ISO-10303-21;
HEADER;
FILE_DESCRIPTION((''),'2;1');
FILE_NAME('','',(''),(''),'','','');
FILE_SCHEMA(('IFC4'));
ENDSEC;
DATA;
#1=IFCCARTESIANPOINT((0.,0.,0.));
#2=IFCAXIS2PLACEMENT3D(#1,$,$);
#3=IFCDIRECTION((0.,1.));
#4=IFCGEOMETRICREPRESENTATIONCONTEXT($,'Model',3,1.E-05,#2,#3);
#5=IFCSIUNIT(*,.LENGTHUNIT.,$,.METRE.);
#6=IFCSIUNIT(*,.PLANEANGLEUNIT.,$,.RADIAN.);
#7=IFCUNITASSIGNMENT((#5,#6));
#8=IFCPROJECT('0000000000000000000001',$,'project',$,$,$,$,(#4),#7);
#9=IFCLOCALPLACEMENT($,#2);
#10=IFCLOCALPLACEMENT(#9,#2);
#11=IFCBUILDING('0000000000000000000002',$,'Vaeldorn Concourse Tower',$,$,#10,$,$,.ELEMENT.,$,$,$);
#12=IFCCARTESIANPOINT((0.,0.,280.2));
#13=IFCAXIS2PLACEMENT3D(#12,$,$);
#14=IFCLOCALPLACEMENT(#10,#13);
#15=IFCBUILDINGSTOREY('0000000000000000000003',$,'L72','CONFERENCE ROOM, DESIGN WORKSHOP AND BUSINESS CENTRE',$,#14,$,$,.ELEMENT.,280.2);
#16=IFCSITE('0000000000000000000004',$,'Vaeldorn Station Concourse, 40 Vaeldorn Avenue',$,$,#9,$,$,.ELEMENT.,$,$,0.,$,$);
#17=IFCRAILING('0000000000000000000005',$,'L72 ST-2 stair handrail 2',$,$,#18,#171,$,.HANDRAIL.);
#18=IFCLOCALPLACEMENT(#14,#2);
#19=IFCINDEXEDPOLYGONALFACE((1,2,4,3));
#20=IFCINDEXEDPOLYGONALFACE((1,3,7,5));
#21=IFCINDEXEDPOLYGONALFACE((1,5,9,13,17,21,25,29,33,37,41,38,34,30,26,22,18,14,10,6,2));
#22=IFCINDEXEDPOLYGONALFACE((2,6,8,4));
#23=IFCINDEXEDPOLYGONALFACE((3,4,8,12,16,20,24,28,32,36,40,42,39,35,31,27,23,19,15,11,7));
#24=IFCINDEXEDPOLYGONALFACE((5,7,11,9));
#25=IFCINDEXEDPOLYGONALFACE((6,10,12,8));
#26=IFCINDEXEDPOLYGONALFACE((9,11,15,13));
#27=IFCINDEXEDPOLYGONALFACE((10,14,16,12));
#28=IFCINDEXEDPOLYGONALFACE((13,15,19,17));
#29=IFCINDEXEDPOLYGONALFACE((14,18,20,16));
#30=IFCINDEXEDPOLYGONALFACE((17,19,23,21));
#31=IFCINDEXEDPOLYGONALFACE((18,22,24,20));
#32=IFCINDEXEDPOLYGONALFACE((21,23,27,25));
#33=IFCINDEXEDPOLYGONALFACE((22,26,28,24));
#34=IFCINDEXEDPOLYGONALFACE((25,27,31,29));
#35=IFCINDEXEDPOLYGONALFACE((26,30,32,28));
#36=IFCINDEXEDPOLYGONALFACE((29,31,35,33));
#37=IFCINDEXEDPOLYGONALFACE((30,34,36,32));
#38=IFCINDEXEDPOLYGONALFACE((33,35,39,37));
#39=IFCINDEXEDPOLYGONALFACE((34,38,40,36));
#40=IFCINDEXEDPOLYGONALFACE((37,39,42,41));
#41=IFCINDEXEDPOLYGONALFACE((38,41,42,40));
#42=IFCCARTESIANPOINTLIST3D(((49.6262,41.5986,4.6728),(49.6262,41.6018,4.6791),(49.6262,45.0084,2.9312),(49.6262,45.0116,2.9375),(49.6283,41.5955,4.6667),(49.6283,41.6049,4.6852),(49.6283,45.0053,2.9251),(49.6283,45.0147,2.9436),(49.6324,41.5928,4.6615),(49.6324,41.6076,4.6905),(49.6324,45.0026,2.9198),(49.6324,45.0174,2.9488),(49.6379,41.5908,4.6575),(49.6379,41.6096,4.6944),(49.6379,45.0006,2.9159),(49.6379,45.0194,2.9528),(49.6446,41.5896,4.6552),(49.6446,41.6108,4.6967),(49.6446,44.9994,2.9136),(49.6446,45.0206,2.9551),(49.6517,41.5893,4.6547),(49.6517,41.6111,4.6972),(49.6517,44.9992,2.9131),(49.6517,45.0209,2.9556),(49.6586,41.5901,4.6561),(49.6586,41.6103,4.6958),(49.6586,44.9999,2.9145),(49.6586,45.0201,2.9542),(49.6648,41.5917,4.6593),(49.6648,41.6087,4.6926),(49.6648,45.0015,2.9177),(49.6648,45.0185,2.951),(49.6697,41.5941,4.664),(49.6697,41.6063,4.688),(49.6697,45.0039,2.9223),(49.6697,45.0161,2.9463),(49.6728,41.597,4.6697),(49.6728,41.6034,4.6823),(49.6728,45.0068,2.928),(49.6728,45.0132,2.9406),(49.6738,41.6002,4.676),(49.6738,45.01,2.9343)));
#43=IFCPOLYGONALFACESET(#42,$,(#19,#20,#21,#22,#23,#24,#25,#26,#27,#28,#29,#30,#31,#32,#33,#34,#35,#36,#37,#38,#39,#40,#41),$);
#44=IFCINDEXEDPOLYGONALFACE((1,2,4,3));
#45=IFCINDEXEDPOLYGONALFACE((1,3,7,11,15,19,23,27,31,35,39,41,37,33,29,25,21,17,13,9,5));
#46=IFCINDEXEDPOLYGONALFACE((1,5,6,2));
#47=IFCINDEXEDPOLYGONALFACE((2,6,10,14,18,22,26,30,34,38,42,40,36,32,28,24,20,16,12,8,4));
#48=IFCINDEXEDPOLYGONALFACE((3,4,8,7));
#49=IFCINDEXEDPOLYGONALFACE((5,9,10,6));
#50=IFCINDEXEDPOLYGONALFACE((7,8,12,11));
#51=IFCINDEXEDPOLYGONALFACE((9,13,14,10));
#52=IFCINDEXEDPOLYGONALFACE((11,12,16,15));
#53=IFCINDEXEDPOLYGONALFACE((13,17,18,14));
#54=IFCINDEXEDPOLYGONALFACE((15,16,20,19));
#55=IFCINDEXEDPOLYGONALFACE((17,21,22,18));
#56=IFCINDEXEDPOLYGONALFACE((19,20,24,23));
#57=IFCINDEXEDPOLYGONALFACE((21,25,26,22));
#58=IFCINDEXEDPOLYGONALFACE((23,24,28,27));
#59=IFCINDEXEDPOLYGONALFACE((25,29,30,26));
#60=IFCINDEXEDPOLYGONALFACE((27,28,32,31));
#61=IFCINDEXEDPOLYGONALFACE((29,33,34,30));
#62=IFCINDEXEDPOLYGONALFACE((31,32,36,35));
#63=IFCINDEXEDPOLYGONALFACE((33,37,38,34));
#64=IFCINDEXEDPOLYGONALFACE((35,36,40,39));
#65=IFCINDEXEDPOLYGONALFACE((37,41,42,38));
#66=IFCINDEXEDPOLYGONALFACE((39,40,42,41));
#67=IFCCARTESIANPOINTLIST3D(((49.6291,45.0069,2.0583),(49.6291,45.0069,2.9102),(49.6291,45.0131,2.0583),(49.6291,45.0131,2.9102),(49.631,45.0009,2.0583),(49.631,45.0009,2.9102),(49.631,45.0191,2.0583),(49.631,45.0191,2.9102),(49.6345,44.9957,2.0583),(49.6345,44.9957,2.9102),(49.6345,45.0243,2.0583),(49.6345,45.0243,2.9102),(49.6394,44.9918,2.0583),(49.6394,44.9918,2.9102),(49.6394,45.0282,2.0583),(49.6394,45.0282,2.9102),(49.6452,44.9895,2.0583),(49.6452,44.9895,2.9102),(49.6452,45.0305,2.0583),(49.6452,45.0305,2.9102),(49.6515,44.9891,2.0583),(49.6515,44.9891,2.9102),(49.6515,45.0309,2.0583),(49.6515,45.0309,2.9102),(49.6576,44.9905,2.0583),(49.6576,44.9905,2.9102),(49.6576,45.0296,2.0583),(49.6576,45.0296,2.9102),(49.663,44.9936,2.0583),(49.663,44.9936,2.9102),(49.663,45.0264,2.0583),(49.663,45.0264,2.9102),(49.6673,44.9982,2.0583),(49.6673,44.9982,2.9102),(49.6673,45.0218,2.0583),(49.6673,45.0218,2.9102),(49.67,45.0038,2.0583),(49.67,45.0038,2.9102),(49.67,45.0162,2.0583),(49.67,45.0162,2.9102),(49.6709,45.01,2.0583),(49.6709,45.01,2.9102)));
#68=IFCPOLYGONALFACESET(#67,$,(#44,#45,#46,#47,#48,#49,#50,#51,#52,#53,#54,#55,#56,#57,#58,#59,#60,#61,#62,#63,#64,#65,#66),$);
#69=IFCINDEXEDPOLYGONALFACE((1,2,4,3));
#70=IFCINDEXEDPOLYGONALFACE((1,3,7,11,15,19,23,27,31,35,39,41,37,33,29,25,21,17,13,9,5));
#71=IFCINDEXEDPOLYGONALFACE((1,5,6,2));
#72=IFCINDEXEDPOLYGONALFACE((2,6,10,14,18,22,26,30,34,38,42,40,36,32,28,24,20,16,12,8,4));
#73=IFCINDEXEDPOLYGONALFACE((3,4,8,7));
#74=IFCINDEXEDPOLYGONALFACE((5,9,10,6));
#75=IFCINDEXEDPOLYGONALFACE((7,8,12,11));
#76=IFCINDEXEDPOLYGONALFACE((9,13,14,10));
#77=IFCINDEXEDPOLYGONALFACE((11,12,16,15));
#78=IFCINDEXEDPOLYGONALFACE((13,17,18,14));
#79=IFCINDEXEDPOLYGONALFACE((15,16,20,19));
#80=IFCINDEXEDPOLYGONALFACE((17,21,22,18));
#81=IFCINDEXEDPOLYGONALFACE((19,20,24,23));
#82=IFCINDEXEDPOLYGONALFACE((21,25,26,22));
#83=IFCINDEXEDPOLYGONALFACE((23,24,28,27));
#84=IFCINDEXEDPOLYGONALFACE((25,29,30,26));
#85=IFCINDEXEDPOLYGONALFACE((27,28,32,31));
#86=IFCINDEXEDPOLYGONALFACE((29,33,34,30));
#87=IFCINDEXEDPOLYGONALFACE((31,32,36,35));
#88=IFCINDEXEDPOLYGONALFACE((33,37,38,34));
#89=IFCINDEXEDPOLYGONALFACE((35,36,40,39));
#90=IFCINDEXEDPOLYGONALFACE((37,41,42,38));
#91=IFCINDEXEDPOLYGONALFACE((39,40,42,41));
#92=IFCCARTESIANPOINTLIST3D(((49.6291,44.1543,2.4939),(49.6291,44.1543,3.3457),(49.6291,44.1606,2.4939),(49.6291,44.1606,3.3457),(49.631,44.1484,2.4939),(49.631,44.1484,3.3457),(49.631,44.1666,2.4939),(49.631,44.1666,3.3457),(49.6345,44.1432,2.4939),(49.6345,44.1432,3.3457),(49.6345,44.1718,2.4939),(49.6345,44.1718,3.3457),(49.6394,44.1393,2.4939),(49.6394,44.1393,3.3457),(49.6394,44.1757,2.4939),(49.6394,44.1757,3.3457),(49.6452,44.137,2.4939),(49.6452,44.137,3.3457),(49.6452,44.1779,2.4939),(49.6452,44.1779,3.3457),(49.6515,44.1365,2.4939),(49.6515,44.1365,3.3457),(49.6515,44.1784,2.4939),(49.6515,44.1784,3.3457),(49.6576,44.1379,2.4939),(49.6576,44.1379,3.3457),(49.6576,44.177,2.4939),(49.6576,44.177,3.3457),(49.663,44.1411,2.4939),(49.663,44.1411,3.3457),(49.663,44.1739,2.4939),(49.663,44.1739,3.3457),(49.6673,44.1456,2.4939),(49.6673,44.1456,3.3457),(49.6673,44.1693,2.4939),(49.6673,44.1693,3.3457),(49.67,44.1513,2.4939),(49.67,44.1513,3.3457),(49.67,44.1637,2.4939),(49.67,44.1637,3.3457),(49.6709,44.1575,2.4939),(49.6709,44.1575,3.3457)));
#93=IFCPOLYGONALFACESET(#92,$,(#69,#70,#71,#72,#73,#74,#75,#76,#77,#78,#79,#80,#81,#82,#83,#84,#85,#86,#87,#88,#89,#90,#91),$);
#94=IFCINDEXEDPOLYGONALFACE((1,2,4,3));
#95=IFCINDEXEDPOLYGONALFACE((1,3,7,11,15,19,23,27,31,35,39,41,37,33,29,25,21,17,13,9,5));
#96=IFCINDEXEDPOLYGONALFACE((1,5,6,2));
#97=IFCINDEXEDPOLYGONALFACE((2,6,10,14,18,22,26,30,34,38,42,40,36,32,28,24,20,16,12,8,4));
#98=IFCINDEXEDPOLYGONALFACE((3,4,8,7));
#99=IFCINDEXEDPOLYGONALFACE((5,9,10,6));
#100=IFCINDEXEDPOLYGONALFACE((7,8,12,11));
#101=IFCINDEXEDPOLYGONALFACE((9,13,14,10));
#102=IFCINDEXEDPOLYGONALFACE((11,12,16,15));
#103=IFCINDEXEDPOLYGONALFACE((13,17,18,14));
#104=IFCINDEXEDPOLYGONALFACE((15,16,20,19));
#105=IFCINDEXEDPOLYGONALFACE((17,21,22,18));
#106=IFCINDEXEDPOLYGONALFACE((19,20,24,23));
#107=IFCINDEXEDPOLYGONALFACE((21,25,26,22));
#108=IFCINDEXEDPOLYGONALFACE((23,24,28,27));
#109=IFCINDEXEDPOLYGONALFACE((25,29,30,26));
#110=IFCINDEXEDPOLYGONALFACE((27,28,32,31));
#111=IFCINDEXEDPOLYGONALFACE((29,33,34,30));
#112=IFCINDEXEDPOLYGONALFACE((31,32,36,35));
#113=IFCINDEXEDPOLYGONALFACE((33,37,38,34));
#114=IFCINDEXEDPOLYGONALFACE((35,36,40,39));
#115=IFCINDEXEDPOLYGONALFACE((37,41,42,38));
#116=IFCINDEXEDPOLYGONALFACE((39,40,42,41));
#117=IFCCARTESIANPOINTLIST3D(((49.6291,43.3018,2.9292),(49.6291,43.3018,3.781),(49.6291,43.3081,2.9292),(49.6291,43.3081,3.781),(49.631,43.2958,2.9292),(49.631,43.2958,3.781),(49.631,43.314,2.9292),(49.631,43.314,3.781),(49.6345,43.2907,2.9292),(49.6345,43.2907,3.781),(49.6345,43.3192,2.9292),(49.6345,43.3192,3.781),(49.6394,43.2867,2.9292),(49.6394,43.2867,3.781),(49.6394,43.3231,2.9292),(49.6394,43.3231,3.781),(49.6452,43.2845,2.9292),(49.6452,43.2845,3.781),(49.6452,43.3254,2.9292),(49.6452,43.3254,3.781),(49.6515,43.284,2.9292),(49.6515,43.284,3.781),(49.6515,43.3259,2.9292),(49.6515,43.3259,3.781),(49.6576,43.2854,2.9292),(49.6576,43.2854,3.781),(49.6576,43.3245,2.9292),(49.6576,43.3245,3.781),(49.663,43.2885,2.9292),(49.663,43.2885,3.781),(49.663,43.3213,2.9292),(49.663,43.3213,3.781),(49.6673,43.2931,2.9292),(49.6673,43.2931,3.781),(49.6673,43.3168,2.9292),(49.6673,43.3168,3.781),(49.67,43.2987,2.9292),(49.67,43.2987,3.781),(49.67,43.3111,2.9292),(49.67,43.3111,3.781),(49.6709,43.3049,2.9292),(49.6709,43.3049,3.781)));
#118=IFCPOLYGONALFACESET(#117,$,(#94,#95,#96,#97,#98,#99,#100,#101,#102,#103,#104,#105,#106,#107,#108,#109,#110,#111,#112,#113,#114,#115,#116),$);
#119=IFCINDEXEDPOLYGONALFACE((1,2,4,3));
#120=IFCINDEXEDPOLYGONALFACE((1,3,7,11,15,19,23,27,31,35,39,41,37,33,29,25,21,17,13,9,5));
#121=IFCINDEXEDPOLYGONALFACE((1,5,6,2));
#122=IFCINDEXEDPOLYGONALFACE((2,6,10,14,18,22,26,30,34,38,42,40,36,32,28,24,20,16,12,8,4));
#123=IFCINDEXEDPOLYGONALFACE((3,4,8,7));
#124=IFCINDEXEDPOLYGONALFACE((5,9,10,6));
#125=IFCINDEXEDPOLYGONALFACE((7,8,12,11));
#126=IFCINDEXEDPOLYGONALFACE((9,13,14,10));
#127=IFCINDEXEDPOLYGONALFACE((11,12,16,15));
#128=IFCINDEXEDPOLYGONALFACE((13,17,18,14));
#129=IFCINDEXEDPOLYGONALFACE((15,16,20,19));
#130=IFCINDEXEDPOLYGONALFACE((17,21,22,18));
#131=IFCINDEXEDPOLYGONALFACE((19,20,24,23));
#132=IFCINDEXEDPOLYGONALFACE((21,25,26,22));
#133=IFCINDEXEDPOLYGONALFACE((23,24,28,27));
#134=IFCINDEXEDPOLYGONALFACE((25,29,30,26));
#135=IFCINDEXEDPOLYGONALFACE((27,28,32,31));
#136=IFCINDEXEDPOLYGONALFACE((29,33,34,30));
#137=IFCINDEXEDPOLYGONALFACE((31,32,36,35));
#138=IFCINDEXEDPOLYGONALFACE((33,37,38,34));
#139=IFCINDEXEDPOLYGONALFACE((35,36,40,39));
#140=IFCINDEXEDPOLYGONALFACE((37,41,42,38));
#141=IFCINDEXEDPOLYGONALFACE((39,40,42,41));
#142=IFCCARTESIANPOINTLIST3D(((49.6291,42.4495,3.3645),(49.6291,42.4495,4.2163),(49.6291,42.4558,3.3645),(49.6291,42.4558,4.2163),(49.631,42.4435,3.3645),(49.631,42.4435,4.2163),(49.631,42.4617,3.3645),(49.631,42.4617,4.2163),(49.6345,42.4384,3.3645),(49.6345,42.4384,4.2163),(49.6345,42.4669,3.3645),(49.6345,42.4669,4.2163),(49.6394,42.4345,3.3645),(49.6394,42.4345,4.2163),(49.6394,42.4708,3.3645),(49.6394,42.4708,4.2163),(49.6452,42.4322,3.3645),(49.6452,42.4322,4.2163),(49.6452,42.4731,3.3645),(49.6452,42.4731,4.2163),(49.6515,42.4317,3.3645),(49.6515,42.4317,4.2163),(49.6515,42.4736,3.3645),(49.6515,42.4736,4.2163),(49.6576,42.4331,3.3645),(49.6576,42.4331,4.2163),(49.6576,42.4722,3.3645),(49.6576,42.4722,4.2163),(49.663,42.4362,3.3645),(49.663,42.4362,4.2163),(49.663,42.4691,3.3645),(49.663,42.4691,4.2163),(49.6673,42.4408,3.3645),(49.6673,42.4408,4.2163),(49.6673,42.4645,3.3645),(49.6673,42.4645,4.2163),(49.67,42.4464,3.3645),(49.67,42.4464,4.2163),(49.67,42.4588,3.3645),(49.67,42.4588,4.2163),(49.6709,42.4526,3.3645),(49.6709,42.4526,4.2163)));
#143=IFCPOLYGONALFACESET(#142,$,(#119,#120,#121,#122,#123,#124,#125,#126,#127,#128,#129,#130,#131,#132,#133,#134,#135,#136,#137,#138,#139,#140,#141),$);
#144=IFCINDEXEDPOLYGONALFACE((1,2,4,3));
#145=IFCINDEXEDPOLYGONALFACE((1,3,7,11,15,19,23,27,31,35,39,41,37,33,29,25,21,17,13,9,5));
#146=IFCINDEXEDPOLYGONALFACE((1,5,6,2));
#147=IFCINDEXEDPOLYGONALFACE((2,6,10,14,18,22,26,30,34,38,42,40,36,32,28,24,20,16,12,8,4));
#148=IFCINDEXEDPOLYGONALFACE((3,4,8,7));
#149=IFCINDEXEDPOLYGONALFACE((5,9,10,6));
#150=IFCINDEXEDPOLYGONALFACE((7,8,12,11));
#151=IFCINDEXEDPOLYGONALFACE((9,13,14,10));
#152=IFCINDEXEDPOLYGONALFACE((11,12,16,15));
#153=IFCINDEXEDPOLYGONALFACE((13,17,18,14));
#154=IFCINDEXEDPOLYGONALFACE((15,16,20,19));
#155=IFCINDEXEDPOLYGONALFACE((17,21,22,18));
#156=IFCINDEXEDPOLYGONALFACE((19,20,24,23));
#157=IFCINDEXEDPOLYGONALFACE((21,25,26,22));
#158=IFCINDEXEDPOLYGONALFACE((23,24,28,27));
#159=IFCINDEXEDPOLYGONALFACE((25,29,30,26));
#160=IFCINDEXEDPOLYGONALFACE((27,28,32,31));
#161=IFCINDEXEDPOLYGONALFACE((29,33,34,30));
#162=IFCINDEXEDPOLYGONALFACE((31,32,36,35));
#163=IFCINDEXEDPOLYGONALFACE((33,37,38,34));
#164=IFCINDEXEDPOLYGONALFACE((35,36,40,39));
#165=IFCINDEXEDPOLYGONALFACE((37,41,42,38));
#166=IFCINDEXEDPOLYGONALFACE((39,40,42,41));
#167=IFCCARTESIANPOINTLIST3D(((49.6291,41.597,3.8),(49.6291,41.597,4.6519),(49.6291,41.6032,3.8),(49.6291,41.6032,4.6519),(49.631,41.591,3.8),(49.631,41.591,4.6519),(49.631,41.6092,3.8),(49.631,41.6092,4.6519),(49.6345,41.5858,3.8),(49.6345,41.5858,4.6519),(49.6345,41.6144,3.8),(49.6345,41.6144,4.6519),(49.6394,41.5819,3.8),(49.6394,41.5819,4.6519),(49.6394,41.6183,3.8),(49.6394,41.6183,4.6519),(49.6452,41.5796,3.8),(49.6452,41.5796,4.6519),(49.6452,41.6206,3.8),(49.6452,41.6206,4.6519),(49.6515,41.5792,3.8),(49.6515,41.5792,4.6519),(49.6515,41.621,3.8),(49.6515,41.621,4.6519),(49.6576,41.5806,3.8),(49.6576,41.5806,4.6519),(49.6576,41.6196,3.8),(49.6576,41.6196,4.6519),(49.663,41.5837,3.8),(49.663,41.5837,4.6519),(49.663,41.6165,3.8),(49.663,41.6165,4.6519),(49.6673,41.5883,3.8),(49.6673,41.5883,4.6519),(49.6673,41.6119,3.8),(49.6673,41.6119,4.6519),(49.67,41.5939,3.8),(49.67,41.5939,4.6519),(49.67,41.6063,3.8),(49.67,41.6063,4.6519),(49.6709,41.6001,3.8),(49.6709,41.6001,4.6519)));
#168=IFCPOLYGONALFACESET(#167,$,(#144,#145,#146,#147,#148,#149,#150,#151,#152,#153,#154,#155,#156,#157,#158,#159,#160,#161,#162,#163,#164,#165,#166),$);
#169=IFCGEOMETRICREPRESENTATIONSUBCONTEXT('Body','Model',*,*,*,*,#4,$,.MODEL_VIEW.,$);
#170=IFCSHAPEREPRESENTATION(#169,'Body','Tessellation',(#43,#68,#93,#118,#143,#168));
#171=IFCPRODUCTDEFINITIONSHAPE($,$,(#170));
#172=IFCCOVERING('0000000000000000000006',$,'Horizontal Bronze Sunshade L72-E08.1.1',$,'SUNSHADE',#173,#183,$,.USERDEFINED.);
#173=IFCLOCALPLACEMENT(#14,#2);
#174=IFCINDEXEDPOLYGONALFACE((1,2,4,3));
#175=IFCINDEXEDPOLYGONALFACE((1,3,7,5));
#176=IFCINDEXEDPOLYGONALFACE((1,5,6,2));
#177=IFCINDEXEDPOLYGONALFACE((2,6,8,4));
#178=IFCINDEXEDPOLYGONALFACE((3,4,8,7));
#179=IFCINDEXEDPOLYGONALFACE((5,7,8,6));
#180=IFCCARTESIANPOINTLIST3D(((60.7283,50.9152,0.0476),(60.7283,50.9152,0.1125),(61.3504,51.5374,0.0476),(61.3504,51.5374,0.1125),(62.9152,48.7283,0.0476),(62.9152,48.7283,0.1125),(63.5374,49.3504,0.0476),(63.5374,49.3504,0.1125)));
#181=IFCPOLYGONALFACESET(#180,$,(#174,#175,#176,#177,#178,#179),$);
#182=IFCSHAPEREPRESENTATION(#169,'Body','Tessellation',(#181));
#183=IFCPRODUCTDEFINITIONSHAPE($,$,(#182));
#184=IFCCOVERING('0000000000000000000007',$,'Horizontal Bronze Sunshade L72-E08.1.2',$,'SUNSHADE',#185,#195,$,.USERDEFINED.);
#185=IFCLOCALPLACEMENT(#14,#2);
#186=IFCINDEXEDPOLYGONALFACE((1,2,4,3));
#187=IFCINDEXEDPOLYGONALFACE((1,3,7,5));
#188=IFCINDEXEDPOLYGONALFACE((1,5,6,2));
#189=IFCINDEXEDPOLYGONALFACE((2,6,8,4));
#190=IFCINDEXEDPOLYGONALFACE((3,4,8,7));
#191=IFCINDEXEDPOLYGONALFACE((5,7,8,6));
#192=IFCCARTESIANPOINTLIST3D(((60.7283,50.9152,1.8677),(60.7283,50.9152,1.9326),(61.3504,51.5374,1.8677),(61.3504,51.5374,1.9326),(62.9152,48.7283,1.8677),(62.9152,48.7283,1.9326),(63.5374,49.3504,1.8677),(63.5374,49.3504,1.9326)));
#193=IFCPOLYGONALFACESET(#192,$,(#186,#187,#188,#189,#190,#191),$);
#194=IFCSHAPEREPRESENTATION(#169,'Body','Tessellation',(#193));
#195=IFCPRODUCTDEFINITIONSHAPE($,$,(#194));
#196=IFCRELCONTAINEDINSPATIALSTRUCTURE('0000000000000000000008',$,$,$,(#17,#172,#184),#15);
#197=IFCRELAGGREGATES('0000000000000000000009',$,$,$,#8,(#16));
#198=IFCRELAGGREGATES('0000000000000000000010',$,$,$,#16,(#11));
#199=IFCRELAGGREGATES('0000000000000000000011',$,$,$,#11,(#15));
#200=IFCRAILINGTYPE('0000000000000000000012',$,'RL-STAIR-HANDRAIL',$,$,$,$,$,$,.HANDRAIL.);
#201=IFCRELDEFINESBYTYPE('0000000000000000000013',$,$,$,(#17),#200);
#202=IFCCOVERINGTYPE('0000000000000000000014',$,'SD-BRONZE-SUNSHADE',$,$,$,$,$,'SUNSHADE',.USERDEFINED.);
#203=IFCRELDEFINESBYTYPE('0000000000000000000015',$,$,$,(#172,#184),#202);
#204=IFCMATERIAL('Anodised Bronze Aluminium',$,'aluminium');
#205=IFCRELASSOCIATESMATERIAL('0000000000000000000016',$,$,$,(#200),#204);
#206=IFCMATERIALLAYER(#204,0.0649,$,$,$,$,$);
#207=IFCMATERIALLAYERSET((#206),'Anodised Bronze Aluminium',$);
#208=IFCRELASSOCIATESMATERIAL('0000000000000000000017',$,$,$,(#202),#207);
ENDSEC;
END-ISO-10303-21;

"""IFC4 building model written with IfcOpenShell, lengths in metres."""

from ifc_helpers import new_model, si_unit, direction, frame, origin, origin_2d, place, context, subcontext, project, spatial, rectangle, circle, extrude, source, transform, mapped, material, layer, layer_set, type_object, element, save


model = new_model("IFC4")

# Units and contexts
model_context = context("Model", 3, precision=1e-05, world=origin(), true_north=direction((0.0, 1.0)))
body_context = subcontext(model_context, "Body", "Model", "MODEL_VIEW")
ifc_project = project(units=[si_unit("LENGTHUNIT", "METRE"), si_unit("PLANEANGLEUNIT", "RADIAN")], contexts=[model_context])

# Site, building, storey
site_placement = place(None, origin())
site = spatial("IfcSite", under=ifc_project, at=site_placement, Name="Vaeldorn Station Concourse, 40 Vaeldorn Avenue", CompositionType="ELEMENT", RefElevation=0.0)
building_placement = place(site_placement, origin())
building = spatial("IfcBuilding", under=site, at=building_placement, Name="Vaeldorn Concourse Tower", CompositionType="ELEMENT")
storey_placement = place(building_placement, frame((0.0, 0.0, 280.2)))
storey = spatial("IfcBuildingStorey", under=building, at=storey_placement, Name="L72", Description="CONFERENCE ROOM, DESIGN WORKSHOP AND BUSINESS CENTRE", CompositionType="ELEMENT", Elevation=280.2)

# Shared definitions
ifc_material_1 = material(Name="Anodised Bronze Aluminium", Category="aluminium")

# Railing
railing_type_1 = type_object("IfcRailingType", Name="RL-STAIR-HANDRAIL", PredefinedType="HANDRAIL", material=ifc_material_1)
railing_1_placement = place(storey_placement, frame((49.6499, 45.01, 2.0583)))
element("IfcRailing", 1, at=railing_1_placement, inside=storey, type_object=railing_type_1, Name="L72 ST-2 stair handrail 2", PredefinedType="HANDRAIL", context=body_context, shape_type="SweptSolid", body=[
    extrude(circle(Radius=0.0239, at=origin_2d()), frame((0.0, 0.0, 0.876), z_axis=(0.0, -0.890556, 0.454874), x_axis=(1.0, 0.0, 0.0)), (0.0, 0.0, 1.0), 3.8289),
    extrude(circle(Radius=0.021, at=origin_2d()), origin(), (0.0, 0.0, 1.0), 0.8518),
    extrude(circle(Radius=0.021, at=origin_2d()), frame((0.0, -0.8525, 0.4355)), (0.0, 0.0, 1.0), 0.8518),
    extrude(circle(Radius=0.021, at=origin_2d()), frame((0.0, -1.7051, 0.8708)), (0.0, 0.0, 1.0), 0.8518),
    extrude(circle(Radius=0.021, at=origin_2d()), frame((0.0, -2.5574, 1.3062)), (0.0, 0.0, 1.0), 0.8518),
    extrude(circle(Radius=0.021, at=origin_2d()), frame((0.0, -3.4099, 1.7417)), (0.0, 0.0, 1.0), 0.8518),
])

# Coverings
ifc_layer_1 = layer(ifc_material_1, 0.0649)
ifc_layer_set_1 = layer_set([ifc_layer_1], Name="Anodised Bronze Aluminium")
covering_type = type_object("IfcCoveringType", Name="SD-BRONZE-SUNSHADE", ElementType="SUNSHADE", PredefinedType="USERDEFINED", material=ifc_layer_set_1)
shared_shape_1 = source(origin(), body_context, "Body", "SweptSolid", [
    extrude(rectangle(XDim=3.0928, YDim=0.8799, at=origin_2d()), origin(), (0.0, 0.0, 1.0), 0.0649),
])
for number, where, z_axis, x_axis, name in (
    (2, (62.1328, 50.1328, 0.0476), (0.0, 0.0, 1.0), (-0.707107, 0.707107, 0.0), "Horizontal Bronze Sunshade L72-E08.1.1"),
    (3, (62.1328, 50.1328, 1.8677), (0.0, 0.0, 1.0), (-0.707107, 0.707107, 0.0), "Horizontal Bronze Sunshade L72-E08.1.2"),
):
    element("IfcCovering", number, at=place(storey_placement, frame(where, z_axis=z_axis, x_axis=x_axis)), inside=storey, type_object=covering_type, Name=name, ObjectType="SUNSHADE", PredefinedType="USERDEFINED", context=body_context, shape_type="MappedRepresentation", body=[
        mapped(shared_shape_1, transform((0.0, 0.0, 0.0), scale=1.0)),
    ])

save(model, "model.ifc")
